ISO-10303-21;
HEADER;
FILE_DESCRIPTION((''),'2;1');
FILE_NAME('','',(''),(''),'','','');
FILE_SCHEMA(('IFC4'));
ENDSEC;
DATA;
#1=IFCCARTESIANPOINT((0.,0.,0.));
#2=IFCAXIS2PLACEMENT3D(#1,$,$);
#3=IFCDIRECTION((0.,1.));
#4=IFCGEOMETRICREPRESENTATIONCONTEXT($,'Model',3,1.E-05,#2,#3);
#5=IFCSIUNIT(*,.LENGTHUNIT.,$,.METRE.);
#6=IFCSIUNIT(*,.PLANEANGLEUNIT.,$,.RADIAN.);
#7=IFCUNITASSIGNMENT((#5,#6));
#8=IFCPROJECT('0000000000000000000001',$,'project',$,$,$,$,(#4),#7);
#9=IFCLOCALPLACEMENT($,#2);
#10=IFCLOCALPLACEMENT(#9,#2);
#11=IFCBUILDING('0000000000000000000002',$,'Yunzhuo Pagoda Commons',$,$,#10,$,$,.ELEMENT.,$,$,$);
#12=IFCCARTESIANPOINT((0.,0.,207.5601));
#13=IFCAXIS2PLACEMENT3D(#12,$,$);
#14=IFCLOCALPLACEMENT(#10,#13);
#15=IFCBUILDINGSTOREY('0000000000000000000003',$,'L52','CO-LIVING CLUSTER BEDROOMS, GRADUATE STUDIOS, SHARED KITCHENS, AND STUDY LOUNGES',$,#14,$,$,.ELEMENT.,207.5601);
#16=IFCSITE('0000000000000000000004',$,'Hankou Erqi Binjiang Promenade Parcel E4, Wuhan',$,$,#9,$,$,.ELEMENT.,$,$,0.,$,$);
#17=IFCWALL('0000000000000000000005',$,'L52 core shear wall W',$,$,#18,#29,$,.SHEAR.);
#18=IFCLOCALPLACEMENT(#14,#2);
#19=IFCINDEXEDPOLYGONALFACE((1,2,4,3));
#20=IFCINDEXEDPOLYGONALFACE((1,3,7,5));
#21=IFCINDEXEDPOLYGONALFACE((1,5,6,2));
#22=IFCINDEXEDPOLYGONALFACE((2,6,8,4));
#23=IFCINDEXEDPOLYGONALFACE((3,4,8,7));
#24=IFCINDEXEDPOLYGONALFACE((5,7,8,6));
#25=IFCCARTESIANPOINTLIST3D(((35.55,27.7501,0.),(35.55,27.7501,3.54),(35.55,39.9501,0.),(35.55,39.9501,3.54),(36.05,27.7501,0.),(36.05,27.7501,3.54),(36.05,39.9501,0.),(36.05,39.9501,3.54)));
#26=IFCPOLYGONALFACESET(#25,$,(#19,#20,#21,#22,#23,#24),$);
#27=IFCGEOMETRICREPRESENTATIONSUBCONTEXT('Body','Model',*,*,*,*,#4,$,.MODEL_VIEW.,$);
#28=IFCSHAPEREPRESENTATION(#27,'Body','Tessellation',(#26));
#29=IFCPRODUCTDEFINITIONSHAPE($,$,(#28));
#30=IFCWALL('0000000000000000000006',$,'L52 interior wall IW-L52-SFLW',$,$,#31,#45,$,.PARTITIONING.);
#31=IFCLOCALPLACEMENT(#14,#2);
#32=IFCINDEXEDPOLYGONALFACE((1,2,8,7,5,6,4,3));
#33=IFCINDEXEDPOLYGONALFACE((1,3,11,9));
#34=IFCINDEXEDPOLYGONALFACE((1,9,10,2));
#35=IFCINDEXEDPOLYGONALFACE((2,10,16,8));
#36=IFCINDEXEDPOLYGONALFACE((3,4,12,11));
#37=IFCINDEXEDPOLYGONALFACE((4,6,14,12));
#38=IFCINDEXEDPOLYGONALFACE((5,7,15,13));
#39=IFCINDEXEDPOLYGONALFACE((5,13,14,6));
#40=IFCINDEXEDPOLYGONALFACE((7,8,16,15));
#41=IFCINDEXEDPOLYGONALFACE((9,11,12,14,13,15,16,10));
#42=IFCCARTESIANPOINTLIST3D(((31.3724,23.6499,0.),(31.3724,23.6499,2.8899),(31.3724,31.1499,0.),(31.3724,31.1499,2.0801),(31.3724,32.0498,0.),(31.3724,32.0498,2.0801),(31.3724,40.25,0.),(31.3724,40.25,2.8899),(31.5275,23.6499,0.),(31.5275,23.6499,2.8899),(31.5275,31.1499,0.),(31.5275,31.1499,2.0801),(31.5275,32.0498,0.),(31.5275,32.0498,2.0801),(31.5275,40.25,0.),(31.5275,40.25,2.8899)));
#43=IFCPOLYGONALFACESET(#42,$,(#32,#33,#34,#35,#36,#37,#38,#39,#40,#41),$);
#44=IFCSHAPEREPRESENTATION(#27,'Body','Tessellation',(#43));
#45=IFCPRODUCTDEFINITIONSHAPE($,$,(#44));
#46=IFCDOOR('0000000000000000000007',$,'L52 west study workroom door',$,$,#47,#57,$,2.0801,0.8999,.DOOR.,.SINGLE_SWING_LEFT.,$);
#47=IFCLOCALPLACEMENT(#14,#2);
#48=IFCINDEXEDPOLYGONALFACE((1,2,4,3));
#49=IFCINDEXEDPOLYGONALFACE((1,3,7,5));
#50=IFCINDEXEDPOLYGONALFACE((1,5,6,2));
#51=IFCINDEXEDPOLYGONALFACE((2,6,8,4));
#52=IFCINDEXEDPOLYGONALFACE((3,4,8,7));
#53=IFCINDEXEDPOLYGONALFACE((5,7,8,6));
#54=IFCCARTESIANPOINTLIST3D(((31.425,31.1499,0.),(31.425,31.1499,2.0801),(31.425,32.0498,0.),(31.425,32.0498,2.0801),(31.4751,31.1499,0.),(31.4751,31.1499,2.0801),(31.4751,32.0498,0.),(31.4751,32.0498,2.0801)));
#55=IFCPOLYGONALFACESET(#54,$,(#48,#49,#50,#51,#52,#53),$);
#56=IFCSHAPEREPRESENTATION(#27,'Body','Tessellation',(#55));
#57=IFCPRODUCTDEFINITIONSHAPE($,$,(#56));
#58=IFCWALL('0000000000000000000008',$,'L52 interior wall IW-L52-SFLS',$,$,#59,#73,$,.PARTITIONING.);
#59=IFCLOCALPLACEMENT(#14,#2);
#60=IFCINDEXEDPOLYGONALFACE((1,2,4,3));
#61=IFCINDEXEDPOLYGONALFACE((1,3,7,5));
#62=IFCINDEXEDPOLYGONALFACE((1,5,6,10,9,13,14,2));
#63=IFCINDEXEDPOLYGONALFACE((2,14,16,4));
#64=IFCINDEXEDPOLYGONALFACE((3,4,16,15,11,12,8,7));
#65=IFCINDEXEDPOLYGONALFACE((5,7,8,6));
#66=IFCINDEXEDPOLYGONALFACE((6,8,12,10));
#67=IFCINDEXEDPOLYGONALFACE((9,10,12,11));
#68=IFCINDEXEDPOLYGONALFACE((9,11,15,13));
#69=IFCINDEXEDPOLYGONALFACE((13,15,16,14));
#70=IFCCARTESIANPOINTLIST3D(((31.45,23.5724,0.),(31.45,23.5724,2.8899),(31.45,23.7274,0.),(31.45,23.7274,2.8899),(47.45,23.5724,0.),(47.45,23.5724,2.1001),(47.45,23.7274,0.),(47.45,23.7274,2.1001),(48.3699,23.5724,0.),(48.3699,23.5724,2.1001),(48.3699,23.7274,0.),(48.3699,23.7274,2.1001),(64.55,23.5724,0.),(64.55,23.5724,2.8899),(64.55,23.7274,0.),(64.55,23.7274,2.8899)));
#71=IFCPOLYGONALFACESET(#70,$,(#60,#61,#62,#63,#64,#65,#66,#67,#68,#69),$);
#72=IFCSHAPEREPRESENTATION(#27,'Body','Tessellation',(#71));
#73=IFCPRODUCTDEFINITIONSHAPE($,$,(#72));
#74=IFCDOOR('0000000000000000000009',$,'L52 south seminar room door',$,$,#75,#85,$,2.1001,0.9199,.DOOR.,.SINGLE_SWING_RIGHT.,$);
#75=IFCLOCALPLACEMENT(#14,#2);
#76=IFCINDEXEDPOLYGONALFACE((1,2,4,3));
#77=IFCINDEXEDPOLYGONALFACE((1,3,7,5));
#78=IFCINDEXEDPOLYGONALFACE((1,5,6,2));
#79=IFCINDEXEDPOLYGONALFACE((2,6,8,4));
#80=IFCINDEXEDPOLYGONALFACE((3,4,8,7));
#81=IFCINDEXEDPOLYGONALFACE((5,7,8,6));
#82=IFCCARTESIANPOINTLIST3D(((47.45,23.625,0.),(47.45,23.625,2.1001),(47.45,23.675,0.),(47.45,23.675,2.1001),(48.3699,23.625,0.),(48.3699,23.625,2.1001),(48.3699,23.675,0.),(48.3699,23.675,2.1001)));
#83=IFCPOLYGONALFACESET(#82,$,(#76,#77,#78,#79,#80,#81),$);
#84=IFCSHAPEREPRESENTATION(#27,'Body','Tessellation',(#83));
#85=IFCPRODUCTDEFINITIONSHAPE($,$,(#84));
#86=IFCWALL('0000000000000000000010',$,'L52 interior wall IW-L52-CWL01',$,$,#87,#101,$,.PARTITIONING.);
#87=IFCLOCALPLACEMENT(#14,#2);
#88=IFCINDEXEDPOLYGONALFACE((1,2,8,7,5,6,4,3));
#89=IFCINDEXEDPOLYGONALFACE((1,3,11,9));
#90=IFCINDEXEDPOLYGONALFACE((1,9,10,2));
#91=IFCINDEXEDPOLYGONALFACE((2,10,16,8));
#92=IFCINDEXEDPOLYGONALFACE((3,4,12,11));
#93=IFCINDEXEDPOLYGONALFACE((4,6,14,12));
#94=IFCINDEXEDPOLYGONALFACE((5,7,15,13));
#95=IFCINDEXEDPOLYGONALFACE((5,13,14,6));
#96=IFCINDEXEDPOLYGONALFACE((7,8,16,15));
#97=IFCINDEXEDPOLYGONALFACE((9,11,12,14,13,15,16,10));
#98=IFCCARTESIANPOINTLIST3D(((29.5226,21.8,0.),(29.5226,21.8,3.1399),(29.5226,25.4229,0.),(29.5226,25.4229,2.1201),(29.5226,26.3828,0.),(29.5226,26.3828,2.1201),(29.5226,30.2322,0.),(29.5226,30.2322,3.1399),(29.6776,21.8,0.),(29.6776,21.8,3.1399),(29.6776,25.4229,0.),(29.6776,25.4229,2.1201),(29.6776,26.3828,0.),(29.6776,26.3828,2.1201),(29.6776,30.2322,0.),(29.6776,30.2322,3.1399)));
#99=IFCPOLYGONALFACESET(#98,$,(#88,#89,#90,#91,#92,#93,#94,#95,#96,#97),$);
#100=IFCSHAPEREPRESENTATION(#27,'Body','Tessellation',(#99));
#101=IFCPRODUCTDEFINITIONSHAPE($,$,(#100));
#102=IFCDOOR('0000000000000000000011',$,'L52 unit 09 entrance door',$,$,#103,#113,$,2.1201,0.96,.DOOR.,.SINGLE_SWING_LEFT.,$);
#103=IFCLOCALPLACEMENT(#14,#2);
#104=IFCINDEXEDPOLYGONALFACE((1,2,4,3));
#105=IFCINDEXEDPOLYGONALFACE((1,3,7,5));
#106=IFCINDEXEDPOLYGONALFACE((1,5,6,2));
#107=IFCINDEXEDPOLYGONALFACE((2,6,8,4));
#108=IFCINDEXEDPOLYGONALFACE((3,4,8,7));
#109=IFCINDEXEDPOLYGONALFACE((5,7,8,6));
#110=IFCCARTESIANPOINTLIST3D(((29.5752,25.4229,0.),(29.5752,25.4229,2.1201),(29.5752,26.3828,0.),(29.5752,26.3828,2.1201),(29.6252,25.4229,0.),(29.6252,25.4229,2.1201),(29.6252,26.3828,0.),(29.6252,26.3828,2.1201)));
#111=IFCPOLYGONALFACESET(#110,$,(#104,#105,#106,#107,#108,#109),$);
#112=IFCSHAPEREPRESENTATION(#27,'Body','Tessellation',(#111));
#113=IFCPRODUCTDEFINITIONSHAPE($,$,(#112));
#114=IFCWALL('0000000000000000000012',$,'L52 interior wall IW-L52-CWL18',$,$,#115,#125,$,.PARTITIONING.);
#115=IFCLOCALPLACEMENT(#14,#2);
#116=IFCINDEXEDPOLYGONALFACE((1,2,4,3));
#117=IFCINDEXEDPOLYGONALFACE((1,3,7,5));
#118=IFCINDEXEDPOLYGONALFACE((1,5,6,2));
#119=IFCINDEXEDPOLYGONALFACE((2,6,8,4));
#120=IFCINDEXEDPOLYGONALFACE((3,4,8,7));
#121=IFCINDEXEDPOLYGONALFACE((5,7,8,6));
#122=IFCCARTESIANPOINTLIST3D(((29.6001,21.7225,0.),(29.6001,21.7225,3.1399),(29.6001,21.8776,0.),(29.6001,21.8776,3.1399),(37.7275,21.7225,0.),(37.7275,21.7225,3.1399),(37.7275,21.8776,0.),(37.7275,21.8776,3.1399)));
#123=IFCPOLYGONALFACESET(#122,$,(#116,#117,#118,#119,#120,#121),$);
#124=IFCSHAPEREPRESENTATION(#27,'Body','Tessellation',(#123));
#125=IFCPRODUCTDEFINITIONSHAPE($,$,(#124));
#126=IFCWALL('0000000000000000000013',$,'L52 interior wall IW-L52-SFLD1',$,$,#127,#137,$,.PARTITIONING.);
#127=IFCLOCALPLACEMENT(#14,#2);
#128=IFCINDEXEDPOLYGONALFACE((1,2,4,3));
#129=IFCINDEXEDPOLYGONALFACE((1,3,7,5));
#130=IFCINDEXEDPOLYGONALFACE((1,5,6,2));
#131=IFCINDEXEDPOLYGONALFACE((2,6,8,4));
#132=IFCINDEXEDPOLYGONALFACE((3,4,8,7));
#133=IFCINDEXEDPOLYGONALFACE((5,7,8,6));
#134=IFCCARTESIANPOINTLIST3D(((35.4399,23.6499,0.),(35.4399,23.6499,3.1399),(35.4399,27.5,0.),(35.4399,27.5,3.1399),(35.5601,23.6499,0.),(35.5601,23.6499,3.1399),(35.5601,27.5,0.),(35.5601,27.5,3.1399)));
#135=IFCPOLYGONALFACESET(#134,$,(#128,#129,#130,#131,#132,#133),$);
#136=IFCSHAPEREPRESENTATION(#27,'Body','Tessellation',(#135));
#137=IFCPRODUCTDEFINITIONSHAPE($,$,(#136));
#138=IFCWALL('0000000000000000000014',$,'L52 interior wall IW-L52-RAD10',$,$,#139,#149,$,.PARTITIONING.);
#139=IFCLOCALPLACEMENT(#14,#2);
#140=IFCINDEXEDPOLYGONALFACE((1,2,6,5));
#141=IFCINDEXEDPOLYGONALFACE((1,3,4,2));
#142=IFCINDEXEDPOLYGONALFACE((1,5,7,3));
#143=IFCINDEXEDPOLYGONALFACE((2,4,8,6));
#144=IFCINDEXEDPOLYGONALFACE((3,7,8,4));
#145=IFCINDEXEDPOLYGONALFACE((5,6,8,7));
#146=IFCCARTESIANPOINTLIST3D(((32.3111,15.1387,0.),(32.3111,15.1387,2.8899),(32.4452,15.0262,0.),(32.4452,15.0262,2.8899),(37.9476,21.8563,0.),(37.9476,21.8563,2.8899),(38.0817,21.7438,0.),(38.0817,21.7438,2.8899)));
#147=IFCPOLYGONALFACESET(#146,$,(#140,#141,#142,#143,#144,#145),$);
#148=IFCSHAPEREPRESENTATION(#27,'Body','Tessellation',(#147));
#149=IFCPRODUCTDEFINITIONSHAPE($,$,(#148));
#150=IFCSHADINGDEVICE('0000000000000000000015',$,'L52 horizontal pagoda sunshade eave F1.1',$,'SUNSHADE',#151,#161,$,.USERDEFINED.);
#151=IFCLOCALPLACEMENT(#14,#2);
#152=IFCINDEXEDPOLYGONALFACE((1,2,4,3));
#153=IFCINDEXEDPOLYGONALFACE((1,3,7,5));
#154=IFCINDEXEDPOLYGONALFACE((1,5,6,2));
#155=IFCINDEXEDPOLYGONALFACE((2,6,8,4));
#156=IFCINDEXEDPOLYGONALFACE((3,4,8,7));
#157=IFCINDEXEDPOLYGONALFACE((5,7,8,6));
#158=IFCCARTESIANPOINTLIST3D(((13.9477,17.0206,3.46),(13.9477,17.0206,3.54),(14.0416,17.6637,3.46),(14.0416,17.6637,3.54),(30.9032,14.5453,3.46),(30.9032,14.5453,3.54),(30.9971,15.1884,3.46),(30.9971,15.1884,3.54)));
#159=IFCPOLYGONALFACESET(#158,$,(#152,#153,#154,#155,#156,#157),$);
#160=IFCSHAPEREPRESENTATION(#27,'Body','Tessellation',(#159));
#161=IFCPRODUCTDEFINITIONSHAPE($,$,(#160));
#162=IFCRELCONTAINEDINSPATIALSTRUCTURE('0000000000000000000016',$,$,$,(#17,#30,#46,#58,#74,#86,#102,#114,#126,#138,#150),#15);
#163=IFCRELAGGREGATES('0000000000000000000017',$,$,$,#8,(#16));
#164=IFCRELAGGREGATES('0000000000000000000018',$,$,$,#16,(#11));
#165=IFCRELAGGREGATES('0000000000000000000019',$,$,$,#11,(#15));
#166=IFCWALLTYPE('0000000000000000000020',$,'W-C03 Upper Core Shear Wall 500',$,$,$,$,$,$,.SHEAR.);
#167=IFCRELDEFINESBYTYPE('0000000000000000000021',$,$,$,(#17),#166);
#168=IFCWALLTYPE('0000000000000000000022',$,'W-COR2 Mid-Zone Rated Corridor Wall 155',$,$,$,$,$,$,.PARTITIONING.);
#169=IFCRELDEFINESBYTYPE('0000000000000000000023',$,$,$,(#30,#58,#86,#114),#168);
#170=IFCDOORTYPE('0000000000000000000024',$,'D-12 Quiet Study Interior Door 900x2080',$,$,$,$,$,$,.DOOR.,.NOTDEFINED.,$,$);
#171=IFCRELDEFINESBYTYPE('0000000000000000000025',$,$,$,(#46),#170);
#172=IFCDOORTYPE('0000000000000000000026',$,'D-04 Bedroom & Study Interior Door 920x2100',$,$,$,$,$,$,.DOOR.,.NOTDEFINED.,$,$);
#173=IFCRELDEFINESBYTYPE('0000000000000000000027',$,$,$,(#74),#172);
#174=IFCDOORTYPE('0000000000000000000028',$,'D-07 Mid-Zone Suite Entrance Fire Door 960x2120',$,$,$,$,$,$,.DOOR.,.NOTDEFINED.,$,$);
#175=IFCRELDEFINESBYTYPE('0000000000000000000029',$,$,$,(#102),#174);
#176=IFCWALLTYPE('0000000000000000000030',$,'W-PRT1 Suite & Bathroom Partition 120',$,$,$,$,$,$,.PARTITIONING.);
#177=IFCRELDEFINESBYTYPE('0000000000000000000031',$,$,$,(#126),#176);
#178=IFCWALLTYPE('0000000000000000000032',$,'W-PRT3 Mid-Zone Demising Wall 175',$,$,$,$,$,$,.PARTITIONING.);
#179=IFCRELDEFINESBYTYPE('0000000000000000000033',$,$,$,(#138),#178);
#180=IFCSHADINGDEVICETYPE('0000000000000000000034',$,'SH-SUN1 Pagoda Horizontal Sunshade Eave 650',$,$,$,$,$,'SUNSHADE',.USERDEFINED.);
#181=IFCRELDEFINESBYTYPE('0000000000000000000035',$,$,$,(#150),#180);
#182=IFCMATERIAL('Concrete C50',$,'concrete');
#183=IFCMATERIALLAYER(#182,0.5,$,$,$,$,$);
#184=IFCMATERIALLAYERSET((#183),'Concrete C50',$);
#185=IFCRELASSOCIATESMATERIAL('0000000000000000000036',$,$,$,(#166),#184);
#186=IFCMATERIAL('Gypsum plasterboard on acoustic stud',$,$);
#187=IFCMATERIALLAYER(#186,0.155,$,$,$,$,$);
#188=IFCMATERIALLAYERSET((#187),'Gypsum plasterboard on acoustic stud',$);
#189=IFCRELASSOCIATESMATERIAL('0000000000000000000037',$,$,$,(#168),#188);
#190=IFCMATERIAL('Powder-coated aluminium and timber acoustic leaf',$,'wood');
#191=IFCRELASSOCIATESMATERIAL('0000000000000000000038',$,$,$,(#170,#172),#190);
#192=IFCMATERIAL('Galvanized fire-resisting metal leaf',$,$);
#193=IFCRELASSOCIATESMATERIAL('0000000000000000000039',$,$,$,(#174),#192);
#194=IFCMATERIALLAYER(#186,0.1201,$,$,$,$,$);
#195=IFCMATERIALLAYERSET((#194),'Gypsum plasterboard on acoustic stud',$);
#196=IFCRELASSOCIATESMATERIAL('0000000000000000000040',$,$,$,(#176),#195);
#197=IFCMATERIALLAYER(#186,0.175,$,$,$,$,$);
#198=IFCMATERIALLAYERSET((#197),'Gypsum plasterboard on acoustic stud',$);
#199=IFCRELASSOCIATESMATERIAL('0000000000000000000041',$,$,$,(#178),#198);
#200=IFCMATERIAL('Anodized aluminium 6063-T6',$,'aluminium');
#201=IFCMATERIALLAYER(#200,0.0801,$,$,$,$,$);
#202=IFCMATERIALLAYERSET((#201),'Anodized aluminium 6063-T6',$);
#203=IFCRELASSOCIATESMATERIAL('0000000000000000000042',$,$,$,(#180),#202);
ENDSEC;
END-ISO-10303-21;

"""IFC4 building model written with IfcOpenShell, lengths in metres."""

from ifc_helpers import new_model, si_unit, direction, frame, frame_2d, origin, origin_with_axes, origin_2d, place, context, subcontext, project, spatial, rectangle, extrude, source, transform, mapped, material, layer, layer_set, type_object, element, fill, save


model = new_model("IFC4")

# Units and contexts
model_context = context("Model", 3, precision=1e-05, world=origin(), true_north=direction((0.0, 1.0)))
body_context = subcontext(model_context, "Body", "Model", "MODEL_VIEW")
ifc_project = project(units=[si_unit("LENGTHUNIT", "METRE"), si_unit("PLANEANGLEUNIT", "RADIAN")], contexts=[model_context])

# Site, building, storey
site_placement = place(None, origin())
site = spatial("IfcSite", under=ifc_project, at=site_placement, Name="Hankou Erqi Binjiang Promenade Parcel E4, Wuhan", CompositionType="ELEMENT", RefElevation=0.0)
building_placement = place(site_placement, origin())
building = spatial("IfcBuilding", under=site, at=building_placement, Name="Yunzhuo Pagoda Commons", CompositionType="ELEMENT")
storey_placement = place(building_placement, frame((0.0, 0.0, 207.5601)))
storey = spatial("IfcBuildingStorey", under=building, at=storey_placement, Name="L52", Description="CO-LIVING CLUSTER BEDROOMS, GRADUATE STUDIOS, SHARED KITCHENS, AND STUDY LOUNGES", CompositionType="ELEMENT", Elevation=207.5601)

# Shared definitions
ifc_material_1 = material(Name="Anodized aluminium 6063-T6", Category="aluminium")

# Wall
ifc_material_2 = material(Name="Concrete C50", Category="concrete")
ifc_layer_1 = layer(ifc_material_2, 0.5)
ifc_layer_set_1 = layer_set([ifc_layer_1], Name="Concrete C50")
wall_type_1 = type_object("IfcWallType", Name="W-C03 Upper Core Shear Wall 500", PredefinedType="SHEAR", material=ifc_layer_set_1)
wall_1_placement = place(storey_placement, frame((35.8, 27.75, 0.0), z_axis=(0.0, 0.0, 1.0), x_axis=(0.0, 1.0, 0.0)))
element("IfcWall", 1, at=wall_1_placement, inside=storey, type_object=wall_type_1, Name="L52 core shear wall W", PredefinedType="SHEAR", context=body_context, shape_type="SweptSolid", body=[
    extrude(rectangle(XDim=12.2, YDim=0.5, at=frame_2d((6.1001, 0.0))), origin(), (0.0, 0.0, 1.0), 3.54),
])

# Walls, openings, doors
ifc_material_3 = material(Name="Gypsum plasterboard on acoustic stud")
ifc_layer_2 = layer(ifc_material_3, 0.155)
ifc_layer_set_2 = layer_set([ifc_layer_2], Name="Gypsum plasterboard on acoustic stud")
wall_type_2 = type_object("IfcWallType", Name="W-COR2 Mid-Zone Rated Corridor Wall 155", PredefinedType="PARTITIONING", material=ifc_layer_set_2)
wall_2_placement = place(storey_placement, frame((31.45, 23.6499, 0.0), z_axis=(0.0, 0.0, 1.0), x_axis=(0.0, 1.0, 0.0)))
wall_2 = element("IfcWall", 2, at=wall_2_placement, inside=storey, type_object=wall_type_2, Name="L52 interior wall IW-L52-SFLW", PredefinedType="PARTITIONING", context=body_context, shape_type="SweptSolid", body=[
    extrude(rectangle(XDim=16.6001, YDim=0.155, at=frame_2d((8.3, 0.0))), origin(), (0.0, 0.0, 1.0), 2.8899),
])
opening_1_placement = place(wall_2_placement, frame((7.5, 0.0, 0.0)))
opening_1 = element("IfcOpeningElement", 3, at=opening_1_placement, cuts=wall_2, PredefinedType="OPENING", context=body_context, shape_type="SweptSolid", body=[
    extrude(rectangle(XDim=0.8999, YDim=2.0801, at=frame_2d((0.45, 1.04))), frame((0.0, 0.0874, 0.0), z_axis=(0.0, -1.0, 0.0), x_axis=(1.0, 0.0, 0.0)), (0.0, 0.0, 1.0), 0.175),
])
ifc_material_4 = material(Name="Powder-coated aluminium and timber acoustic leaf", Category="wood")
door_type_1 = type_object("IfcDoorType", Name="D-12 Quiet Study Interior Door 900x2080", OperationType="NOTDEFINED", PredefinedType="DOOR", material=ifc_material_4)
shared_shape_1 = source(origin(), body_context, "Body", "SweptSolid", [
    extrude(rectangle(XDim=0.8999, YDim=2.0801, at=frame_2d((0.45, 1.04))), frame((0.0, 0.0249, 0.0), z_axis=(0.0, -1.0, 0.0), x_axis=(1.0, 0.0, 0.0)), (0.0, 0.0, 1.0), 0.05),
])
door_1_placement = place(opening_1_placement, origin_with_axes())
door_1 = element("IfcDoor", 4, at=door_1_placement, inside=storey, type_object=door_type_1, Name="L52 west study workroom door", OperationType="SINGLE_SWING_LEFT", OverallHeight=2.0801, OverallWidth=0.8999, PredefinedType="DOOR", context=body_context, shape_type="MappedRepresentation", body=[
    mapped(shared_shape_1, transform((0.0, 0.0, 0.0), scale=1.0)),
])
fill(opening_1, door_1)
wall_3_placement = place(storey_placement, frame((31.45, 23.6499, 0.0), z_axis=(0.0, 0.0, 1.0), x_axis=(1.0, 0.0, 0.0)))
wall_3 = element("IfcWall", 5, at=wall_3_placement, inside=storey, type_object=wall_type_2, Name="L52 interior wall IW-L52-SFLS", PredefinedType="PARTITIONING", context=body_context, shape_type="SweptSolid", body=[
    extrude(rectangle(XDim=33.1001, YDim=0.155, at=frame_2d((16.55, 0.0))), origin(), (0.0, 0.0, 1.0), 2.8899),
])
opening_2_placement = place(wall_3_placement, frame((16.0, 0.0, 0.0)))
opening_2 = element("IfcOpeningElement", 6, at=opening_2_placement, cuts=wall_3, PredefinedType="OPENING", context=body_context, shape_type="SweptSolid", body=[
    extrude(rectangle(XDim=0.9199, YDim=2.1001, at=frame_2d((0.46, 1.05))), frame((0.0, 0.0874, 0.0), z_axis=(0.0, -1.0, 0.0), x_axis=(1.0, 0.0, 0.0)), (0.0, 0.0, 1.0), 0.175),
])
door_type_2 = type_object("IfcDoorType", Name="D-04 Bedroom & Study Interior Door 920x2100", OperationType="NOTDEFINED", PredefinedType="DOOR", material=ifc_material_4)
shared_shape_2 = source(origin(), body_context, "Body", "SweptSolid", [
    extrude(rectangle(XDim=0.9199, YDim=2.1001, at=frame_2d((0.46, 1.05))), frame((0.0, 0.0249, 0.0), z_axis=(0.0, -1.0, 0.0), x_axis=(1.0, 0.0, 0.0)), (0.0, 0.0, 1.0), 0.05),
])
door_2_placement = place(opening_2_placement, frame((0.9199, 0.0, 0.0), z_axis=(0.0, 0.0, 1.0), x_axis=(-1.0, 0.0, 0.0)))
door_2 = element("IfcDoor", 7, at=door_2_placement, inside=storey, type_object=door_type_2, Name="L52 south seminar room door", OperationType="SINGLE_SWING_RIGHT", OverallHeight=2.1001, OverallWidth=0.9199, PredefinedType="DOOR", context=body_context, shape_type="MappedRepresentation", body=[
    mapped(shared_shape_2, transform((0.0, 0.0, 0.0), scale=1.0)),
])
fill(opening_2, door_2)
wall_4_placement = place(storey_placement, frame((29.6001, 21.8, 0.0), z_axis=(0.0, 0.0, 1.0), x_axis=(0.0, 1.0, 0.0)))
wall_4 = element("IfcWall", 8, at=wall_4_placement, inside=storey, type_object=wall_type_2, Name="L52 interior wall IW-L52-CWL01", PredefinedType="PARTITIONING", context=body_context, shape_type="SweptSolid", body=[
    extrude(rectangle(XDim=8.4321, YDim=0.155, at=frame_2d((4.2161, 0.0))), origin(), (0.0, 0.0, 1.0), 3.1399),
])
opening_3_placement = place(wall_4_placement, frame((3.6228, 0.0, 0.0)))
opening_3 = element("IfcOpeningElement", 9, at=opening_3_placement, cuts=wall_4, PredefinedType="OPENING", context=body_context, shape_type="SweptSolid", body=[
    extrude(rectangle(XDim=0.96, YDim=2.1201, at=frame_2d((0.48, 1.0601))), frame((0.0, 0.0874, 0.0), z_axis=(0.0, -1.0, 0.0), x_axis=(1.0, 0.0, 0.0)), (0.0, 0.0, 1.0), 0.175),
])
ifc_material_5 = material(Name="Galvanized fire-resisting metal leaf")
door_type_3 = type_object("IfcDoorType", Name="D-07 Mid-Zone Suite Entrance Fire Door 960x2120", OperationType="NOTDEFINED", PredefinedType="DOOR", material=ifc_material_5)
shared_shape_3 = source(origin(), body_context, "Body", "SweptSolid", [
    extrude(rectangle(XDim=0.96, YDim=2.1201, at=frame_2d((0.48, 1.0601))), frame((0.0, 0.0249, 0.0), z_axis=(0.0, -1.0, 0.0), x_axis=(1.0, 0.0, 0.0)), (0.0, 0.0, 1.0), 0.05),
])
door_3_placement = place(opening_3_placement, origin_with_axes())
door_3 = element("IfcDoor", 10, at=door_3_placement, inside=storey, type_object=door_type_3, Name="L52 unit 09 entrance door", OperationType="SINGLE_SWING_LEFT", OverallHeight=2.1201, OverallWidth=0.96, PredefinedType="DOOR", context=body_context, shape_type="MappedRepresentation", body=[
    mapped(shared_shape_3, transform((0.0, 0.0, 0.0), scale=1.0)),
])
fill(opening_3, door_3)

# Walls
wall_5_placement = place(storey_placement, frame((37.7275, 21.8, 0.0), z_axis=(0.0, 0.0, 1.0), x_axis=(-1.0, 0.0, 0.0)))
element("IfcWall", 11, at=wall_5_placement, inside=storey, type_object=wall_type_2, Name="L52 interior wall IW-L52-CWL18", PredefinedType="PARTITIONING", context=body_context, shape_type="SweptSolid", body=[
    extrude(rectangle(XDim=8.1274, YDim=0.155, at=frame_2d((4.0637, 0.0))), origin(), (0.0, 0.0, 1.0), 3.1399),
])
ifc_layer_3 = layer(ifc_material_3, 0.1201)
ifc_layer_set_3 = layer_set([ifc_layer_3], Name="Gypsum plasterboard on acoustic stud")
wall_type_3 = type_object("IfcWallType", Name="W-PRT1 Suite & Bathroom Partition 120", PredefinedType="PARTITIONING", material=ifc_layer_set_3)
wall_6_placement = place(storey_placement, frame((35.5, 23.6499, 0.0), z_axis=(0.0, 0.0, 1.0), x_axis=(0.0, 1.0, 0.0)))
element("IfcWall", 12, at=wall_6_placement, inside=storey, type_object=wall_type_3, Name="L52 interior wall IW-L52-SFLD1", PredefinedType="PARTITIONING", context=body_context, shape_type="SweptSolid", body=[
    extrude(rectangle(XDim=3.8501, YDim=0.1201, at=frame_2d((1.925, 0.0))), origin(), (0.0, 0.0, 1.0), 3.1399),
])
ifc_layer_4 = layer(ifc_material_3, 0.175)
ifc_layer_set_4 = layer_set([ifc_layer_4], Name="Gypsum plasterboard on acoustic stud")
wall_type_4 = type_object("IfcWallType", Name="W-PRT3 Mid-Zone Demising Wall 175", PredefinedType="PARTITIONING", material=ifc_layer_set_4)
wall_7_placement = place(storey_placement, frame((38.0146, 21.8, 0.0), z_axis=(0.0, 0.0, 1.0), x_axis=(-0.642774, -0.766056, 0.0)))
element("IfcWall", 13, at=wall_7_placement, inside=storey, type_object=wall_type_4, Name="L52 interior wall IW-L52-RAD10", PredefinedType="PARTITIONING", context=body_context, shape_type="SweptSolid", body=[
    extrude(rectangle(XDim=8.769, YDim=0.175, at=frame_2d((4.3845, 0.0))), origin(), (0.0, 0.0, 1.0), 2.8899),
])

# Shading device
ifc_layer_5 = layer(ifc_material_1, 0.0801)
ifc_layer_set_5 = layer_set([ifc_layer_5], Name="Anodized aluminium 6063-T6")
shading_device_type = type_object("IfcShadingDeviceType", Name="SH-SUN1 Pagoda Horizontal Sunshade Eave 650", ElementType="SUNSHADE", PredefinedType="USERDEFINED", material=ifc_layer_set_5)
shared_shape_4 = source(origin(), body_context, "Body", "SweptSolid", [
    extrude(rectangle(XDim=17.1353, YDim=0.6499, at=origin_2d()), origin(), (0.0, 0.0, 1.0), 0.0801),
])
shading_device_placement = place(storey_placement, frame((22.4724, 16.1045, 3.46), z_axis=(0.0, 0.0, 1.0), x_axis=(0.989511, -0.14446, 0.0)))
element("IfcShadingDevice", 14, at=shading_device_placement, inside=storey, type_object=shading_device_type, Name="L52 horizontal pagoda sunshade eave F1.1", ObjectType="SUNSHADE", PredefinedType="USERDEFINED", context=body_context, shape_type="MappedRepresentation", body=[
    mapped(shared_shape_4, transform((0.0, 0.0, 0.0), scale=1.0)),
])

save(model, "model.ifc")
